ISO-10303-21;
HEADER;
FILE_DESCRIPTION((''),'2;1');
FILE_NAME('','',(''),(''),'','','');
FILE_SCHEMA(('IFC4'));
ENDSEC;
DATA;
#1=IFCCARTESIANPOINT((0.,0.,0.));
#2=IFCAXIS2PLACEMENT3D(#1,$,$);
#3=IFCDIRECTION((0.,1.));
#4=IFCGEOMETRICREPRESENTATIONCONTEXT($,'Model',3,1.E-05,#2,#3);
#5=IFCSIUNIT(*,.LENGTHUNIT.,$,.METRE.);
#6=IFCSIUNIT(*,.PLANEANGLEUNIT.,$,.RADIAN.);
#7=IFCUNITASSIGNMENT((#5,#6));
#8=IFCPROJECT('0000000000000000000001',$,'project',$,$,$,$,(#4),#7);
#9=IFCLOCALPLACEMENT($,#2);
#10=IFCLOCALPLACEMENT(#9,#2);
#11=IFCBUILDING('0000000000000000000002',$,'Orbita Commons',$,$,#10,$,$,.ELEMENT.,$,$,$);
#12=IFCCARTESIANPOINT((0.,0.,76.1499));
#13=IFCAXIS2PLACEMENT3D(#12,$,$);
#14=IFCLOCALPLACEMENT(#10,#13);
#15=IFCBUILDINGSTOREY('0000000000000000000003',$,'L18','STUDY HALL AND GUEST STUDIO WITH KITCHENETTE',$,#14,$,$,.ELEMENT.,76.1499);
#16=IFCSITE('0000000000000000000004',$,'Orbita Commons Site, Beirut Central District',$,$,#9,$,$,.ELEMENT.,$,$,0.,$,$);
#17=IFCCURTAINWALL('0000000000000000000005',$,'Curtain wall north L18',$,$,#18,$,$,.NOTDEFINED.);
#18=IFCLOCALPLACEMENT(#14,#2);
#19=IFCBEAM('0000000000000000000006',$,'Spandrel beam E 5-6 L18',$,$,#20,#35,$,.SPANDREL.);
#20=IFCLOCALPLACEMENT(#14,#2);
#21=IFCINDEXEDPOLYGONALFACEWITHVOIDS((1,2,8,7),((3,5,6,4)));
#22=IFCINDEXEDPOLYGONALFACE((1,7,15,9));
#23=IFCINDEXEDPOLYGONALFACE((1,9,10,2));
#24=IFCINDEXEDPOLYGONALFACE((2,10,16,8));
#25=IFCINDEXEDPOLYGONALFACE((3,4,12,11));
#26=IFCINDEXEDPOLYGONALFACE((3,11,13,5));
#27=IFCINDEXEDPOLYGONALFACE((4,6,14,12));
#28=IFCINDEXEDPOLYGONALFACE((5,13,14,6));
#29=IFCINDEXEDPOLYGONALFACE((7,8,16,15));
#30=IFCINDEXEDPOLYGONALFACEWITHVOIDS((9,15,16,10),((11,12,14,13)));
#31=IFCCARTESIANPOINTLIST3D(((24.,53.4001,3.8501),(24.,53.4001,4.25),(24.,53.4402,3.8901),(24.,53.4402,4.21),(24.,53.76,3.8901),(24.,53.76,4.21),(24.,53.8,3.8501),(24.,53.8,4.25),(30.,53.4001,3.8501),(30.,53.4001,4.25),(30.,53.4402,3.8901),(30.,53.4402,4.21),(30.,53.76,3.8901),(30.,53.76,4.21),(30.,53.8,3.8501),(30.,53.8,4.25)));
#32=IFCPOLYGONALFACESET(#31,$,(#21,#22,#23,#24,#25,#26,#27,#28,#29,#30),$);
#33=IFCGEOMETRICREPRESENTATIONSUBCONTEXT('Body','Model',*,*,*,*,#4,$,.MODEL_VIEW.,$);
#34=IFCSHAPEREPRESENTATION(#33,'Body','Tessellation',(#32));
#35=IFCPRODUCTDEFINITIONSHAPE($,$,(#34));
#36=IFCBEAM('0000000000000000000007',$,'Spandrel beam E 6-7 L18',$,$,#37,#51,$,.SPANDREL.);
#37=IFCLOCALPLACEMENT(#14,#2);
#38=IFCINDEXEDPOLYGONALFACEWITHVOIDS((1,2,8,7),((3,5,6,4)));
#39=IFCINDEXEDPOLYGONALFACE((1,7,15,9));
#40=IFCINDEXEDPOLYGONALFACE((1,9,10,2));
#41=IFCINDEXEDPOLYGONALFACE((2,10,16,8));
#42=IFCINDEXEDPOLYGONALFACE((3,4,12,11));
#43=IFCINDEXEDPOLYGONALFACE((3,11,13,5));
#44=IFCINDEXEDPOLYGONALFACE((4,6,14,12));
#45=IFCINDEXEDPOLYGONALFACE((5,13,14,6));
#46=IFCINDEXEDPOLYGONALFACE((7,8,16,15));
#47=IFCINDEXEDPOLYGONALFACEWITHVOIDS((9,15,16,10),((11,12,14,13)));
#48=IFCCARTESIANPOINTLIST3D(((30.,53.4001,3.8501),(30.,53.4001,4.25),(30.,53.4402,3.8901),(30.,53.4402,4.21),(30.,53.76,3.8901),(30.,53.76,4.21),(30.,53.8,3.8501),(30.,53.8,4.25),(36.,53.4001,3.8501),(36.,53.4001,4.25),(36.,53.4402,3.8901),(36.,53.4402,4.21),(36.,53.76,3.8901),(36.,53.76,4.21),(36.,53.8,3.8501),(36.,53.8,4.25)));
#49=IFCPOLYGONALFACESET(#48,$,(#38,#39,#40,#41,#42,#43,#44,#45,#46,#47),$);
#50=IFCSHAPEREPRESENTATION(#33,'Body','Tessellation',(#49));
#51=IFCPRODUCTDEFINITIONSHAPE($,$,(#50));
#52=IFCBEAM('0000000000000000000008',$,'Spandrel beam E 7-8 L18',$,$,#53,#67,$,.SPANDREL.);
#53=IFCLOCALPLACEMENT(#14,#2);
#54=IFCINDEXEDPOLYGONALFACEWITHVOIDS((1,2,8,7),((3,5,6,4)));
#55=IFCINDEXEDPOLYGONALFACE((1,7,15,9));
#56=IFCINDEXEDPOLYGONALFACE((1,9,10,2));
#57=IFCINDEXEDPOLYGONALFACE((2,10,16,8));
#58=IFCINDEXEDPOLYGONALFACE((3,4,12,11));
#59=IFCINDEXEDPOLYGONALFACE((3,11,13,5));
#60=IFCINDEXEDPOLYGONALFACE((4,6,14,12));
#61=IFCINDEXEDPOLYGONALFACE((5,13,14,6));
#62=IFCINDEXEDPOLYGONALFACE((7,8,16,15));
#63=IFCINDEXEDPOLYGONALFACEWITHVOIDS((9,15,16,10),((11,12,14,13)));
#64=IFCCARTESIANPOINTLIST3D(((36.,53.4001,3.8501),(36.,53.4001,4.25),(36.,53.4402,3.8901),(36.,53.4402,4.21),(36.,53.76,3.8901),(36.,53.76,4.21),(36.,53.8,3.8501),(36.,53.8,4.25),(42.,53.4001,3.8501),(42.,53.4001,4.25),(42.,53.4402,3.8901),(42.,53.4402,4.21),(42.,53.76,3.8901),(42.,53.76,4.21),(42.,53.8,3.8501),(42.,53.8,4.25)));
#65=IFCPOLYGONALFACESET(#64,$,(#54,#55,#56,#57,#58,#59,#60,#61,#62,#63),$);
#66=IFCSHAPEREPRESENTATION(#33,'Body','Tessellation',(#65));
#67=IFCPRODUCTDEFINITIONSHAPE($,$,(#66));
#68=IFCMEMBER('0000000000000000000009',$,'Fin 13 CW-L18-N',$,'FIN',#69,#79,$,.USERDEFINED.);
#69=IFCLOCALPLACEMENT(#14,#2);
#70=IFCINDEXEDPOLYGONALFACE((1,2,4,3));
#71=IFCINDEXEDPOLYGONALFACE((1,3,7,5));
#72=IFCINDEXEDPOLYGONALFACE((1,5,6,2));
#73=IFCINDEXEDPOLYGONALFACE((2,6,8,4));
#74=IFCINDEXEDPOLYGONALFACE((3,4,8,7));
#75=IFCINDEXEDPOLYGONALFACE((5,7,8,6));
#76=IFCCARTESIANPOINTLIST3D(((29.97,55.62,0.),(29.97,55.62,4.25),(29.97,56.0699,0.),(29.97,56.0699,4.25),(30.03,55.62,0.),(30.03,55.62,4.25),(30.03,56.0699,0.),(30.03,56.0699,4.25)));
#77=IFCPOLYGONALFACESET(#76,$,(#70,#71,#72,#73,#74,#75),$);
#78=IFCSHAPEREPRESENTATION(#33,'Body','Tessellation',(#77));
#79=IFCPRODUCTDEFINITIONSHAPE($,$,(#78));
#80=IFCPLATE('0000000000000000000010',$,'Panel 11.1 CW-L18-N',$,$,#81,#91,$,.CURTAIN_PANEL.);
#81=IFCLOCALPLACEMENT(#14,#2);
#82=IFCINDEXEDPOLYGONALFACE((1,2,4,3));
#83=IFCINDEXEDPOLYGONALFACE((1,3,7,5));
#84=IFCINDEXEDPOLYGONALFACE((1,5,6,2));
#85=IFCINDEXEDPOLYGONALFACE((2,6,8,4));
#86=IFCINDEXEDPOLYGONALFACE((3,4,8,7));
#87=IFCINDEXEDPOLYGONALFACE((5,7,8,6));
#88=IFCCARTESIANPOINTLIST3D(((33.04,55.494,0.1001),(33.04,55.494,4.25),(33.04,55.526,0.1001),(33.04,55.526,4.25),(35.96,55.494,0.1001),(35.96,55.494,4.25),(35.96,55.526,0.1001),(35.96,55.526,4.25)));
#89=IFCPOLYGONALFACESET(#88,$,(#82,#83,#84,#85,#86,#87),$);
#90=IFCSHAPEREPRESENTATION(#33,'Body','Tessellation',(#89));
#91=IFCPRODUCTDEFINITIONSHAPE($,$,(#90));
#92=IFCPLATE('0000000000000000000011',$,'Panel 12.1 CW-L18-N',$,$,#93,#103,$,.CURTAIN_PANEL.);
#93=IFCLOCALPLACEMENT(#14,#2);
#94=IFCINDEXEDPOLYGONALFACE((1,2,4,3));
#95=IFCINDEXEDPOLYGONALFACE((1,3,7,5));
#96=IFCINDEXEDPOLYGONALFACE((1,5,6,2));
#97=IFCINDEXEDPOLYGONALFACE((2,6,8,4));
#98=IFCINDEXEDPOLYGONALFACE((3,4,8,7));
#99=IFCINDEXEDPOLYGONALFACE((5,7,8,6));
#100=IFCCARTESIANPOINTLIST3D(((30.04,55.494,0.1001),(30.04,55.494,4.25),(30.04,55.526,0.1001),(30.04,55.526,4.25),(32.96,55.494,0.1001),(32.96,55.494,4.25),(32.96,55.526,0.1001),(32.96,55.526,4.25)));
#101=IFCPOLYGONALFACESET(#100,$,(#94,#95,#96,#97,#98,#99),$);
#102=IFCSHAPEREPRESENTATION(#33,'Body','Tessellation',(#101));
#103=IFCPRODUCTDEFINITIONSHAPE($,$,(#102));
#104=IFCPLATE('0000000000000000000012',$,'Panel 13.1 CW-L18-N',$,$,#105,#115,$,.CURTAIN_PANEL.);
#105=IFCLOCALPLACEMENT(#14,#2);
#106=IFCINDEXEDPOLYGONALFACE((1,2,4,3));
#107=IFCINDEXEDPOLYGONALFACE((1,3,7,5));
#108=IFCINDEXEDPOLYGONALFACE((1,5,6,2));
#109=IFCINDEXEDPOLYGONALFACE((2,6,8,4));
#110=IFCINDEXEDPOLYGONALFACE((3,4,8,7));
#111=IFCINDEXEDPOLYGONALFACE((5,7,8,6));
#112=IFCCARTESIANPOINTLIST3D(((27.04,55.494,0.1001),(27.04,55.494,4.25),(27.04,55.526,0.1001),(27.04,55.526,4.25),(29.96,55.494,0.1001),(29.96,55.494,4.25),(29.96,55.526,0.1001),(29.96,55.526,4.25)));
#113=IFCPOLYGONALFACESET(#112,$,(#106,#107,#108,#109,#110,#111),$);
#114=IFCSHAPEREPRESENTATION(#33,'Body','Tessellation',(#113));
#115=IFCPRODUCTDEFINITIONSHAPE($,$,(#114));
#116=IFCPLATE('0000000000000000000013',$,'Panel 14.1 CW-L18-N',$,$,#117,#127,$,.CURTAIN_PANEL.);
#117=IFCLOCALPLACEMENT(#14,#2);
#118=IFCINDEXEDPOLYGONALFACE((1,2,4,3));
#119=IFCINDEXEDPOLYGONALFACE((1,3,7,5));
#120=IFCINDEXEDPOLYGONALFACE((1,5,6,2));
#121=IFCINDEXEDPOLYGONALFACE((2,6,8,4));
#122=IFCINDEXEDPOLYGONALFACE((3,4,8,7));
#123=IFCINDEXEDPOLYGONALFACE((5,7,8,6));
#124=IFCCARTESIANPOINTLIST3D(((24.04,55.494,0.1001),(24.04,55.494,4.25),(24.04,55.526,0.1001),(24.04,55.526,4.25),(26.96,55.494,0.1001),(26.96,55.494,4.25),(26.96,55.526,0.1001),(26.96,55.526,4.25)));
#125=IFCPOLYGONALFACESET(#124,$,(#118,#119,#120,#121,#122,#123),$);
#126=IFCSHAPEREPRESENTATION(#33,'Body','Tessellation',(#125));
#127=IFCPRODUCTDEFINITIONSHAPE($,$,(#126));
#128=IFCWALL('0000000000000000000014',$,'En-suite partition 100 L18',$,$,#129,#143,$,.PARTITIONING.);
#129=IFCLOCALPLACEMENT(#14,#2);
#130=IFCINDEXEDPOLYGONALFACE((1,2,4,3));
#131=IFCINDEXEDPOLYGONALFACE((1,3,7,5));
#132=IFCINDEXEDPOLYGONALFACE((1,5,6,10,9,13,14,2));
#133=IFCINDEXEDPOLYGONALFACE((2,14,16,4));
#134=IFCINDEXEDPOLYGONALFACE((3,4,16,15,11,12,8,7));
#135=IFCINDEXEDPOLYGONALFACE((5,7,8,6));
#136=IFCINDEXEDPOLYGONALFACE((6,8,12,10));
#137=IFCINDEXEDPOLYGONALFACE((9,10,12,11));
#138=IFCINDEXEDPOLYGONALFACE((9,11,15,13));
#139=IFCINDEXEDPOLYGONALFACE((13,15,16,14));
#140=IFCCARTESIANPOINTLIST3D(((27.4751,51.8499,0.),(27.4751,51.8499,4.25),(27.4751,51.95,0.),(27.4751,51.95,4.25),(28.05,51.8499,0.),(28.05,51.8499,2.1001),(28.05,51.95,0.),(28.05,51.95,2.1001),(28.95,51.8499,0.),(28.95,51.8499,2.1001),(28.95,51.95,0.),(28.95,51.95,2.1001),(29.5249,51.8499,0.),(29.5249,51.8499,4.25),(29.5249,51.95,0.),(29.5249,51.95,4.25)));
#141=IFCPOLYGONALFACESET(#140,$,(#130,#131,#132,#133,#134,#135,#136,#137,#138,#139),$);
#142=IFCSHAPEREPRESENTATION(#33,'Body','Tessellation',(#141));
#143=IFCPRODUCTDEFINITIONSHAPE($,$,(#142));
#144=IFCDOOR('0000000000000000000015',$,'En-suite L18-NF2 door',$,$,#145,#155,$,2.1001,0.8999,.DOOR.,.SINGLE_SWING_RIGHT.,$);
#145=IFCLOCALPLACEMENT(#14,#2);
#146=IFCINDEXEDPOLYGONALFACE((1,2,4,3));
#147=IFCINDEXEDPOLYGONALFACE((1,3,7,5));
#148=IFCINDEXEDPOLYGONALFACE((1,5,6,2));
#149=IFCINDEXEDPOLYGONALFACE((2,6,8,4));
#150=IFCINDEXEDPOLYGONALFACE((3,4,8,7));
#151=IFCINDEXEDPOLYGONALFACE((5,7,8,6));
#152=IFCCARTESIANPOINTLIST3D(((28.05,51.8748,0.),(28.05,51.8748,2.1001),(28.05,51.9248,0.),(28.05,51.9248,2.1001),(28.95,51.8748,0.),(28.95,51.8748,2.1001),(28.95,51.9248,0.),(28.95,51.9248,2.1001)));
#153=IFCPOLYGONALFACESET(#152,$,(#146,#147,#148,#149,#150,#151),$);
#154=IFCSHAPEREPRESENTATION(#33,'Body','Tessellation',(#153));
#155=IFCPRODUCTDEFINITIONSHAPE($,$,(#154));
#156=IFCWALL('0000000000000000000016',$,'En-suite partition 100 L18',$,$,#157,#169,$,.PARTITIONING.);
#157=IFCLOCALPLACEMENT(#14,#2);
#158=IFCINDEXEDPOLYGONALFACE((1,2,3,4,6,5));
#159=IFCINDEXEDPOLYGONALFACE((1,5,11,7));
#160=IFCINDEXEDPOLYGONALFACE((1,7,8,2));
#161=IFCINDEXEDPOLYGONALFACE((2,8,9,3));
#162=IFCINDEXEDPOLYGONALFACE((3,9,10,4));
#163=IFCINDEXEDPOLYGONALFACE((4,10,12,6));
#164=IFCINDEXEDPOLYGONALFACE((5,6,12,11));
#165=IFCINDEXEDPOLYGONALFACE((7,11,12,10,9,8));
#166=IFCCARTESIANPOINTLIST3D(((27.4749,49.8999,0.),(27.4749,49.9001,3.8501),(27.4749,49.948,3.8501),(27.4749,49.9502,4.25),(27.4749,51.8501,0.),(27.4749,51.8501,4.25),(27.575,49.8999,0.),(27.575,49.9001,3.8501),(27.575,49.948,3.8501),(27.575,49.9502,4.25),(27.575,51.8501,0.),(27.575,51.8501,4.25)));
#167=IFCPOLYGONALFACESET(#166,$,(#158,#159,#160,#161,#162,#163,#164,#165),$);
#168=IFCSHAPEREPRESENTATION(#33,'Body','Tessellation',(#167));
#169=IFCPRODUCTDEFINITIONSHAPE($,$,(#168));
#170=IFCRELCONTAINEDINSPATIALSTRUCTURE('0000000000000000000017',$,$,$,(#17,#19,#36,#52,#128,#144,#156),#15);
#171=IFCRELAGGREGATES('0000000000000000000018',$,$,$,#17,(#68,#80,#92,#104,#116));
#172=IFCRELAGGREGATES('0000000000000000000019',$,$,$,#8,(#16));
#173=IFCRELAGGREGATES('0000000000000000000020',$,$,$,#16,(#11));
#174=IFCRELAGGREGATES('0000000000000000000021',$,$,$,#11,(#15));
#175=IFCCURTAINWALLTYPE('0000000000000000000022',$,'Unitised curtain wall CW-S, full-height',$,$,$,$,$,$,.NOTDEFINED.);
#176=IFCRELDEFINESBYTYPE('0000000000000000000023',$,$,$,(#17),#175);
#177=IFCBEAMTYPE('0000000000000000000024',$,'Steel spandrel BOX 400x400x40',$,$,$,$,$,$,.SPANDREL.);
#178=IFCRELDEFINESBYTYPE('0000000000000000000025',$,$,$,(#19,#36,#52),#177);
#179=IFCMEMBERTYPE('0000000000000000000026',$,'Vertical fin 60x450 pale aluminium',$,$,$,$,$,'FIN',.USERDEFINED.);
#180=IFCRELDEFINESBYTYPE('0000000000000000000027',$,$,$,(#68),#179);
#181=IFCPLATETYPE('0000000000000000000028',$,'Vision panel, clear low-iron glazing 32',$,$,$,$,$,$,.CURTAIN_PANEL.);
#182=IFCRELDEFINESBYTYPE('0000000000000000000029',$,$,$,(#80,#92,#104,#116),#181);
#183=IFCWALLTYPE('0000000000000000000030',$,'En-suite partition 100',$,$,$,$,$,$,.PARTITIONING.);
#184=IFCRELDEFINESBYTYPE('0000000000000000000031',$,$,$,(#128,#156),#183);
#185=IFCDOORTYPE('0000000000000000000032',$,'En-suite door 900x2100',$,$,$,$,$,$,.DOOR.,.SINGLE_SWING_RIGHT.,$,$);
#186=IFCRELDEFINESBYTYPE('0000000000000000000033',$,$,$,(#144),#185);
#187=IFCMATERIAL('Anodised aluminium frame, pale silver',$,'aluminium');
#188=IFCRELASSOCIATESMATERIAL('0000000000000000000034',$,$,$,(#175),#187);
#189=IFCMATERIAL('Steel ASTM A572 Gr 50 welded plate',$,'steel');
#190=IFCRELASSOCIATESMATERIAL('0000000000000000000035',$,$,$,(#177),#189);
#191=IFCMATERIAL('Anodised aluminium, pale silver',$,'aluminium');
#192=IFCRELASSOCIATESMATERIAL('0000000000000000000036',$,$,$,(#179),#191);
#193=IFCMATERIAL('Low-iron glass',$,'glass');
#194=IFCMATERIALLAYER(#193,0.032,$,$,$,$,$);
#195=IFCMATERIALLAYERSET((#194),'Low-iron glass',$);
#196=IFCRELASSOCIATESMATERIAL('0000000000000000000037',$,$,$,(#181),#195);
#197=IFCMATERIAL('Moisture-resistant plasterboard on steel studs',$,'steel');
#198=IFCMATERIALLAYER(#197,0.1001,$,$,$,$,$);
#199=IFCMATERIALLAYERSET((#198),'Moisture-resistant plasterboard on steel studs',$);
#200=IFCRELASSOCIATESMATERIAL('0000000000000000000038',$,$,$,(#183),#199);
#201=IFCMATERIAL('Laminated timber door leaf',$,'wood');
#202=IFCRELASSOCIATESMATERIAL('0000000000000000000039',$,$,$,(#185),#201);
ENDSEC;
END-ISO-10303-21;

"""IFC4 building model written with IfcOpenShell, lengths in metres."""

from ifc_helpers import new_model, si_unit, direction, frame, frame_2d, origin, origin_2d, place, context, subcontext, project, spatial, polyline, rectangle, hollow_rectangle, outline, extrude, material, layer, layer_set, material_profile, profile_set, type_object, element, fill, aggregate, save


model = new_model("IFC4")

# Units and contexts
model_context = context("Model", 3, precision=1e-05, world=origin(), true_north=direction((0.0, 1.0)))
body_context = subcontext(model_context, "Body", "Model", "MODEL_VIEW")
ifc_project = project(units=[si_unit("LENGTHUNIT", "METRE"), si_unit("PLANEANGLEUNIT", "RADIAN")], contexts=[model_context])

# Site, building, storey
site_placement = place(None, origin())
site = spatial("IfcSite", under=ifc_project, at=site_placement, Name="Orbita Commons Site, Beirut Central District", CompositionType="ELEMENT", RefElevation=0.0)
building_placement = place(site_placement, origin())
building = spatial("IfcBuilding", under=site, at=building_placement, Name="Orbita Commons", CompositionType="ELEMENT")
storey_placement = place(building_placement, frame((0.0, 0.0, 76.1499)))
storey = spatial("IfcBuildingStorey", under=building, at=storey_placement, Name="L18", Description="STUDY HALL AND GUEST STUDIO WITH KITCHENETTE", CompositionType="ELEMENT", Elevation=76.1499)

# Curtain wall
ifc_material_1 = material(Name="Anodised aluminium frame, pale silver", Category="aluminium")
curtain_wall_type = type_object("IfcCurtainWallType", Name="Unitised curtain wall CW-S, full-height", PredefinedType="NOTDEFINED", material=ifc_material_1)
curtain_wall_placement = place(storey_placement, origin())
curtain_wall = element("IfcCurtainWall", 1, at=curtain_wall_placement, inside=storey, type_object=curtain_wall_type, Name="Curtain wall north L18", PredefinedType="NOTDEFINED")

# Beams
ifc_material_2 = material(Name="Steel ASTM A572 Gr 50 welded plate", Category="steel")
ifc_material_profile_1 = material_profile(ifc_material_2, hollow_rectangle(XDim=0.3999, YDim=0.3999, WallThickness=0.04, at=origin_2d()), Name="BOX 400x400x40")
ifc_profile_set_1 = profile_set([ifc_material_profile_1], Name="Steel ASTM A572 Gr 50 welded plate")
beam_type = type_object("IfcBeamType", Name="Steel spandrel BOX 400x400x40", PredefinedType="SPANDREL", material=ifc_profile_set_1)
for number, where, z_axis, x_axis, name in (
    (2, (24.0, 53.6001, 4.05), (1.0, 0.0, 0.0), (0.0, 1.0, 0.0), "Spandrel beam E 5-6 L18"),
    (3, (30.0, 53.6001, 4.05), (1.0, 0.0, 0.0), (0.0, 1.0, 0.0), "Spandrel beam E 6-7 L18"),
    (4, (36.0, 53.6001, 4.05), (1.0, 0.0, 0.0), (0.0, 1.0, 0.0), "Spandrel beam E 7-8 L18"),
):
    element("IfcBeam", number, at=place(storey_placement, frame(where, z_axis=z_axis, x_axis=x_axis)), inside=storey, type_object=beam_type, Name=name, PredefinedType="SPANDREL", context=body_context, shape_type="SweptSolid", body=[
        extrude(hollow_rectangle(XDim=0.3999, YDim=0.3999, WallThickness=0.04, at=origin_2d()), origin(), (0.0, 0.0, 1.0), 6.0),
    ])

# Member
ifc_material_3 = material(Name="Anodised aluminium, pale silver", Category="aluminium")
ifc_material_profile_2 = material_profile(ifc_material_3, rectangle(XDim=0.0601, YDim=0.45, at=origin_2d()), Name="FIN 60x450")
ifc_profile_set_2 = profile_set([ifc_material_profile_2], Name="Anodised aluminium, pale silver")
member_type_1 = type_object("IfcMemberType", Name="Vertical fin 60x450 pale aluminium", ElementType="FIN", PredefinedType="USERDEFINED", material=ifc_profile_set_2)
member_1_placement = place(storey_placement, frame((30.0, 55.845, 0.0), z_axis=(0.0, 0.0, 1.0), x_axis=(-1.0, 0.0, 0.0)))
member_1 = element("IfcMember", 5, at=member_1_placement, type_object=member_type_1, Name="Fin 13 CW-L18-N", ObjectType="FIN", PredefinedType="USERDEFINED", context=body_context, shape_type="SweptSolid", body=[
    extrude(rectangle(XDim=0.0601, YDim=0.45, at=origin_2d()), origin(), (0.0, 0.0, 1.0), 4.25),
])

# Plates
ifc_material_4 = material(Name="Low-iron glass", Category="glass")
ifc_layer_1 = layer(ifc_material_4, 0.032)
ifc_layer_set_1 = layer_set([ifc_layer_1], Name="Low-iron glass")
plate_type = type_object("IfcPlateType", Name="Vision panel, clear low-iron glazing 32", PredefinedType="CURTAIN_PANEL", material=ifc_layer_set_1)
plate_1_placement = place(storey_placement, frame((34.5, 55.51, 0.1001), z_axis=(0.0, 0.0, 1.0), x_axis=(-1.0, 0.0, 0.0)))
plate_1 = element("IfcPlate", 6, at=plate_1_placement, type_object=plate_type, Name="Panel 11.1 CW-L18-N", PredefinedType="CURTAIN_PANEL", context=body_context, shape_type="SweptSolid", body=[
    extrude(rectangle(XDim=2.9199, YDim=0.032, at=origin_2d()), origin(), (0.0, 0.0, 1.0), 4.1499),
])
plate_2_placement = place(storey_placement, frame((31.5, 55.51, 0.1001), z_axis=(0.0, 0.0, 1.0), x_axis=(-1.0, 0.0, 0.0)))
plate_2 = element("IfcPlate", 7, at=plate_2_placement, type_object=plate_type, Name="Panel 12.1 CW-L18-N", PredefinedType="CURTAIN_PANEL", context=body_context, shape_type="SweptSolid", body=[
    extrude(rectangle(XDim=2.9199, YDim=0.032, at=origin_2d()), origin(), (0.0, 0.0, 1.0), 4.1499),
])
plate_3_placement = place(storey_placement, frame((28.5, 55.51, 0.1001), z_axis=(0.0, 0.0, 1.0), x_axis=(-1.0, 0.0, 0.0)))
plate_3 = element("IfcPlate", 8, at=plate_3_placement, type_object=plate_type, Name="Panel 13.1 CW-L18-N", PredefinedType="CURTAIN_PANEL", context=body_context, shape_type="SweptSolid", body=[
    extrude(rectangle(XDim=2.9199, YDim=0.032, at=origin_2d()), origin(), (0.0, 0.0, 1.0), 4.1499),
])
plate_4_placement = place(storey_placement, frame((25.5, 55.51, 0.1001), z_axis=(0.0, 0.0, 1.0), x_axis=(-1.0, 0.0, 0.0)))
plate_4 = element("IfcPlate", 9, at=plate_4_placement, type_object=plate_type, Name="Panel 14.1 CW-L18-N", PredefinedType="CURTAIN_PANEL", context=body_context, shape_type="SweptSolid", body=[
    extrude(rectangle(XDim=2.9199, YDim=0.032, at=origin_2d()), origin(), (0.0, 0.0, 1.0), 4.1499),
])
aggregate(curtain_wall, [member_1, plate_1, plate_2, plate_3, plate_4])

# Wall, opening, door
ifc_material_5 = material(Name="Moisture-resistant plasterboard on steel studs", Category="steel")
ifc_layer_2 = layer(ifc_material_5, 0.1001)
ifc_layer_set_2 = layer_set([ifc_layer_2], Name="Moisture-resistant plasterboard on steel studs")
wall_type_1 = type_object("IfcWallType", Name="En-suite partition 100", PredefinedType="PARTITIONING", material=ifc_layer_set_2)
wall_1_placement = place(storey_placement, frame((27.4751, 51.8999, 0.0), z_axis=(0.0, 0.0, 1.0), x_axis=(1.0, 0.0, 0.0)))
wall_1 = element("IfcWall", 10, at=wall_1_placement, inside=storey, type_object=wall_type_1, Name="En-suite partition 100 L18", PredefinedType="PARTITIONING", context=body_context, shape_type="SweptSolid", body=[
    extrude(rectangle(XDim=2.0498, YDim=0.1001, at=frame_2d((1.0249, 0.0))), origin(), (0.0, 0.0, 1.0), 4.25),
])
opening_1_placement = place(wall_1_placement, frame((0.575, 0.0, 0.0)))
opening_1 = element("IfcOpeningElement", 11, at=opening_1_placement, cuts=wall_1, PredefinedType="OPENING", context=body_context, shape_type="SweptSolid", body=[
    extrude(rectangle(XDim=0.8999, YDim=2.1001, at=frame_2d((0.45, 1.05))), frame((0.0, 0.0601, 0.0), z_axis=(0.0, -1.0, 0.0), x_axis=(1.0, 0.0, 0.0)), (0.0, 0.0, 1.0), 0.1201),
])
ifc_material_6 = material(Name="Laminated timber door leaf", Category="wood")
door_type = type_object("IfcDoorType", Name="En-suite door 900x2100", OperationType="SINGLE_SWING_RIGHT", PredefinedType="DOOR", material=ifc_material_6)
door_1_placement = place(opening_1_placement, origin())
door_1 = element("IfcDoor", 12, at=door_1_placement, inside=storey, type_object=door_type, Name="En-suite L18-NF2 door", OperationType="SINGLE_SWING_RIGHT", OverallHeight=2.1001, OverallWidth=0.8999, PredefinedType="DOOR", context=body_context, shape_type="SweptSolid", body=[
    extrude(rectangle(XDim=0.8999, YDim=2.1001, at=frame_2d((0.45, 1.05))), frame((0.0, 0.0249, 0.0), z_axis=(0.0, -1.0, 0.0), x_axis=(1.0, 0.0, 0.0)), (0.0, 0.0, 1.0), 0.05),
])
fill(opening_1, door_1)

# Wall
wall_2_placement = place(storey_placement, frame((27.5249, 51.8501, 0.0), z_axis=(0.0, 0.0, 1.0), x_axis=(0.0, -1.0, 0.0)))
element("IfcWall", 13, at=wall_2_placement, inside=storey, type_object=wall_type_1, Name="En-suite partition 100 L18", PredefinedType="PARTITIONING", context=body_context, shape_type="SweptSolid", body=[
    extrude(outline(polyline([(0.0, 0.0), (1.9502, 0.0), (1.95, 3.8501), (1.9021, 3.8501), (1.8999, 4.25), (0.0, 4.25), (0.0, 0.0)])), frame((0.0, 0.05, 0.0), z_axis=(0.0, -1.0, 0.0), x_axis=(1.0, 0.0, 0.0)), (0.0, 0.0, 1.0), 0.1001),
])

save(model, "model.ifc")
